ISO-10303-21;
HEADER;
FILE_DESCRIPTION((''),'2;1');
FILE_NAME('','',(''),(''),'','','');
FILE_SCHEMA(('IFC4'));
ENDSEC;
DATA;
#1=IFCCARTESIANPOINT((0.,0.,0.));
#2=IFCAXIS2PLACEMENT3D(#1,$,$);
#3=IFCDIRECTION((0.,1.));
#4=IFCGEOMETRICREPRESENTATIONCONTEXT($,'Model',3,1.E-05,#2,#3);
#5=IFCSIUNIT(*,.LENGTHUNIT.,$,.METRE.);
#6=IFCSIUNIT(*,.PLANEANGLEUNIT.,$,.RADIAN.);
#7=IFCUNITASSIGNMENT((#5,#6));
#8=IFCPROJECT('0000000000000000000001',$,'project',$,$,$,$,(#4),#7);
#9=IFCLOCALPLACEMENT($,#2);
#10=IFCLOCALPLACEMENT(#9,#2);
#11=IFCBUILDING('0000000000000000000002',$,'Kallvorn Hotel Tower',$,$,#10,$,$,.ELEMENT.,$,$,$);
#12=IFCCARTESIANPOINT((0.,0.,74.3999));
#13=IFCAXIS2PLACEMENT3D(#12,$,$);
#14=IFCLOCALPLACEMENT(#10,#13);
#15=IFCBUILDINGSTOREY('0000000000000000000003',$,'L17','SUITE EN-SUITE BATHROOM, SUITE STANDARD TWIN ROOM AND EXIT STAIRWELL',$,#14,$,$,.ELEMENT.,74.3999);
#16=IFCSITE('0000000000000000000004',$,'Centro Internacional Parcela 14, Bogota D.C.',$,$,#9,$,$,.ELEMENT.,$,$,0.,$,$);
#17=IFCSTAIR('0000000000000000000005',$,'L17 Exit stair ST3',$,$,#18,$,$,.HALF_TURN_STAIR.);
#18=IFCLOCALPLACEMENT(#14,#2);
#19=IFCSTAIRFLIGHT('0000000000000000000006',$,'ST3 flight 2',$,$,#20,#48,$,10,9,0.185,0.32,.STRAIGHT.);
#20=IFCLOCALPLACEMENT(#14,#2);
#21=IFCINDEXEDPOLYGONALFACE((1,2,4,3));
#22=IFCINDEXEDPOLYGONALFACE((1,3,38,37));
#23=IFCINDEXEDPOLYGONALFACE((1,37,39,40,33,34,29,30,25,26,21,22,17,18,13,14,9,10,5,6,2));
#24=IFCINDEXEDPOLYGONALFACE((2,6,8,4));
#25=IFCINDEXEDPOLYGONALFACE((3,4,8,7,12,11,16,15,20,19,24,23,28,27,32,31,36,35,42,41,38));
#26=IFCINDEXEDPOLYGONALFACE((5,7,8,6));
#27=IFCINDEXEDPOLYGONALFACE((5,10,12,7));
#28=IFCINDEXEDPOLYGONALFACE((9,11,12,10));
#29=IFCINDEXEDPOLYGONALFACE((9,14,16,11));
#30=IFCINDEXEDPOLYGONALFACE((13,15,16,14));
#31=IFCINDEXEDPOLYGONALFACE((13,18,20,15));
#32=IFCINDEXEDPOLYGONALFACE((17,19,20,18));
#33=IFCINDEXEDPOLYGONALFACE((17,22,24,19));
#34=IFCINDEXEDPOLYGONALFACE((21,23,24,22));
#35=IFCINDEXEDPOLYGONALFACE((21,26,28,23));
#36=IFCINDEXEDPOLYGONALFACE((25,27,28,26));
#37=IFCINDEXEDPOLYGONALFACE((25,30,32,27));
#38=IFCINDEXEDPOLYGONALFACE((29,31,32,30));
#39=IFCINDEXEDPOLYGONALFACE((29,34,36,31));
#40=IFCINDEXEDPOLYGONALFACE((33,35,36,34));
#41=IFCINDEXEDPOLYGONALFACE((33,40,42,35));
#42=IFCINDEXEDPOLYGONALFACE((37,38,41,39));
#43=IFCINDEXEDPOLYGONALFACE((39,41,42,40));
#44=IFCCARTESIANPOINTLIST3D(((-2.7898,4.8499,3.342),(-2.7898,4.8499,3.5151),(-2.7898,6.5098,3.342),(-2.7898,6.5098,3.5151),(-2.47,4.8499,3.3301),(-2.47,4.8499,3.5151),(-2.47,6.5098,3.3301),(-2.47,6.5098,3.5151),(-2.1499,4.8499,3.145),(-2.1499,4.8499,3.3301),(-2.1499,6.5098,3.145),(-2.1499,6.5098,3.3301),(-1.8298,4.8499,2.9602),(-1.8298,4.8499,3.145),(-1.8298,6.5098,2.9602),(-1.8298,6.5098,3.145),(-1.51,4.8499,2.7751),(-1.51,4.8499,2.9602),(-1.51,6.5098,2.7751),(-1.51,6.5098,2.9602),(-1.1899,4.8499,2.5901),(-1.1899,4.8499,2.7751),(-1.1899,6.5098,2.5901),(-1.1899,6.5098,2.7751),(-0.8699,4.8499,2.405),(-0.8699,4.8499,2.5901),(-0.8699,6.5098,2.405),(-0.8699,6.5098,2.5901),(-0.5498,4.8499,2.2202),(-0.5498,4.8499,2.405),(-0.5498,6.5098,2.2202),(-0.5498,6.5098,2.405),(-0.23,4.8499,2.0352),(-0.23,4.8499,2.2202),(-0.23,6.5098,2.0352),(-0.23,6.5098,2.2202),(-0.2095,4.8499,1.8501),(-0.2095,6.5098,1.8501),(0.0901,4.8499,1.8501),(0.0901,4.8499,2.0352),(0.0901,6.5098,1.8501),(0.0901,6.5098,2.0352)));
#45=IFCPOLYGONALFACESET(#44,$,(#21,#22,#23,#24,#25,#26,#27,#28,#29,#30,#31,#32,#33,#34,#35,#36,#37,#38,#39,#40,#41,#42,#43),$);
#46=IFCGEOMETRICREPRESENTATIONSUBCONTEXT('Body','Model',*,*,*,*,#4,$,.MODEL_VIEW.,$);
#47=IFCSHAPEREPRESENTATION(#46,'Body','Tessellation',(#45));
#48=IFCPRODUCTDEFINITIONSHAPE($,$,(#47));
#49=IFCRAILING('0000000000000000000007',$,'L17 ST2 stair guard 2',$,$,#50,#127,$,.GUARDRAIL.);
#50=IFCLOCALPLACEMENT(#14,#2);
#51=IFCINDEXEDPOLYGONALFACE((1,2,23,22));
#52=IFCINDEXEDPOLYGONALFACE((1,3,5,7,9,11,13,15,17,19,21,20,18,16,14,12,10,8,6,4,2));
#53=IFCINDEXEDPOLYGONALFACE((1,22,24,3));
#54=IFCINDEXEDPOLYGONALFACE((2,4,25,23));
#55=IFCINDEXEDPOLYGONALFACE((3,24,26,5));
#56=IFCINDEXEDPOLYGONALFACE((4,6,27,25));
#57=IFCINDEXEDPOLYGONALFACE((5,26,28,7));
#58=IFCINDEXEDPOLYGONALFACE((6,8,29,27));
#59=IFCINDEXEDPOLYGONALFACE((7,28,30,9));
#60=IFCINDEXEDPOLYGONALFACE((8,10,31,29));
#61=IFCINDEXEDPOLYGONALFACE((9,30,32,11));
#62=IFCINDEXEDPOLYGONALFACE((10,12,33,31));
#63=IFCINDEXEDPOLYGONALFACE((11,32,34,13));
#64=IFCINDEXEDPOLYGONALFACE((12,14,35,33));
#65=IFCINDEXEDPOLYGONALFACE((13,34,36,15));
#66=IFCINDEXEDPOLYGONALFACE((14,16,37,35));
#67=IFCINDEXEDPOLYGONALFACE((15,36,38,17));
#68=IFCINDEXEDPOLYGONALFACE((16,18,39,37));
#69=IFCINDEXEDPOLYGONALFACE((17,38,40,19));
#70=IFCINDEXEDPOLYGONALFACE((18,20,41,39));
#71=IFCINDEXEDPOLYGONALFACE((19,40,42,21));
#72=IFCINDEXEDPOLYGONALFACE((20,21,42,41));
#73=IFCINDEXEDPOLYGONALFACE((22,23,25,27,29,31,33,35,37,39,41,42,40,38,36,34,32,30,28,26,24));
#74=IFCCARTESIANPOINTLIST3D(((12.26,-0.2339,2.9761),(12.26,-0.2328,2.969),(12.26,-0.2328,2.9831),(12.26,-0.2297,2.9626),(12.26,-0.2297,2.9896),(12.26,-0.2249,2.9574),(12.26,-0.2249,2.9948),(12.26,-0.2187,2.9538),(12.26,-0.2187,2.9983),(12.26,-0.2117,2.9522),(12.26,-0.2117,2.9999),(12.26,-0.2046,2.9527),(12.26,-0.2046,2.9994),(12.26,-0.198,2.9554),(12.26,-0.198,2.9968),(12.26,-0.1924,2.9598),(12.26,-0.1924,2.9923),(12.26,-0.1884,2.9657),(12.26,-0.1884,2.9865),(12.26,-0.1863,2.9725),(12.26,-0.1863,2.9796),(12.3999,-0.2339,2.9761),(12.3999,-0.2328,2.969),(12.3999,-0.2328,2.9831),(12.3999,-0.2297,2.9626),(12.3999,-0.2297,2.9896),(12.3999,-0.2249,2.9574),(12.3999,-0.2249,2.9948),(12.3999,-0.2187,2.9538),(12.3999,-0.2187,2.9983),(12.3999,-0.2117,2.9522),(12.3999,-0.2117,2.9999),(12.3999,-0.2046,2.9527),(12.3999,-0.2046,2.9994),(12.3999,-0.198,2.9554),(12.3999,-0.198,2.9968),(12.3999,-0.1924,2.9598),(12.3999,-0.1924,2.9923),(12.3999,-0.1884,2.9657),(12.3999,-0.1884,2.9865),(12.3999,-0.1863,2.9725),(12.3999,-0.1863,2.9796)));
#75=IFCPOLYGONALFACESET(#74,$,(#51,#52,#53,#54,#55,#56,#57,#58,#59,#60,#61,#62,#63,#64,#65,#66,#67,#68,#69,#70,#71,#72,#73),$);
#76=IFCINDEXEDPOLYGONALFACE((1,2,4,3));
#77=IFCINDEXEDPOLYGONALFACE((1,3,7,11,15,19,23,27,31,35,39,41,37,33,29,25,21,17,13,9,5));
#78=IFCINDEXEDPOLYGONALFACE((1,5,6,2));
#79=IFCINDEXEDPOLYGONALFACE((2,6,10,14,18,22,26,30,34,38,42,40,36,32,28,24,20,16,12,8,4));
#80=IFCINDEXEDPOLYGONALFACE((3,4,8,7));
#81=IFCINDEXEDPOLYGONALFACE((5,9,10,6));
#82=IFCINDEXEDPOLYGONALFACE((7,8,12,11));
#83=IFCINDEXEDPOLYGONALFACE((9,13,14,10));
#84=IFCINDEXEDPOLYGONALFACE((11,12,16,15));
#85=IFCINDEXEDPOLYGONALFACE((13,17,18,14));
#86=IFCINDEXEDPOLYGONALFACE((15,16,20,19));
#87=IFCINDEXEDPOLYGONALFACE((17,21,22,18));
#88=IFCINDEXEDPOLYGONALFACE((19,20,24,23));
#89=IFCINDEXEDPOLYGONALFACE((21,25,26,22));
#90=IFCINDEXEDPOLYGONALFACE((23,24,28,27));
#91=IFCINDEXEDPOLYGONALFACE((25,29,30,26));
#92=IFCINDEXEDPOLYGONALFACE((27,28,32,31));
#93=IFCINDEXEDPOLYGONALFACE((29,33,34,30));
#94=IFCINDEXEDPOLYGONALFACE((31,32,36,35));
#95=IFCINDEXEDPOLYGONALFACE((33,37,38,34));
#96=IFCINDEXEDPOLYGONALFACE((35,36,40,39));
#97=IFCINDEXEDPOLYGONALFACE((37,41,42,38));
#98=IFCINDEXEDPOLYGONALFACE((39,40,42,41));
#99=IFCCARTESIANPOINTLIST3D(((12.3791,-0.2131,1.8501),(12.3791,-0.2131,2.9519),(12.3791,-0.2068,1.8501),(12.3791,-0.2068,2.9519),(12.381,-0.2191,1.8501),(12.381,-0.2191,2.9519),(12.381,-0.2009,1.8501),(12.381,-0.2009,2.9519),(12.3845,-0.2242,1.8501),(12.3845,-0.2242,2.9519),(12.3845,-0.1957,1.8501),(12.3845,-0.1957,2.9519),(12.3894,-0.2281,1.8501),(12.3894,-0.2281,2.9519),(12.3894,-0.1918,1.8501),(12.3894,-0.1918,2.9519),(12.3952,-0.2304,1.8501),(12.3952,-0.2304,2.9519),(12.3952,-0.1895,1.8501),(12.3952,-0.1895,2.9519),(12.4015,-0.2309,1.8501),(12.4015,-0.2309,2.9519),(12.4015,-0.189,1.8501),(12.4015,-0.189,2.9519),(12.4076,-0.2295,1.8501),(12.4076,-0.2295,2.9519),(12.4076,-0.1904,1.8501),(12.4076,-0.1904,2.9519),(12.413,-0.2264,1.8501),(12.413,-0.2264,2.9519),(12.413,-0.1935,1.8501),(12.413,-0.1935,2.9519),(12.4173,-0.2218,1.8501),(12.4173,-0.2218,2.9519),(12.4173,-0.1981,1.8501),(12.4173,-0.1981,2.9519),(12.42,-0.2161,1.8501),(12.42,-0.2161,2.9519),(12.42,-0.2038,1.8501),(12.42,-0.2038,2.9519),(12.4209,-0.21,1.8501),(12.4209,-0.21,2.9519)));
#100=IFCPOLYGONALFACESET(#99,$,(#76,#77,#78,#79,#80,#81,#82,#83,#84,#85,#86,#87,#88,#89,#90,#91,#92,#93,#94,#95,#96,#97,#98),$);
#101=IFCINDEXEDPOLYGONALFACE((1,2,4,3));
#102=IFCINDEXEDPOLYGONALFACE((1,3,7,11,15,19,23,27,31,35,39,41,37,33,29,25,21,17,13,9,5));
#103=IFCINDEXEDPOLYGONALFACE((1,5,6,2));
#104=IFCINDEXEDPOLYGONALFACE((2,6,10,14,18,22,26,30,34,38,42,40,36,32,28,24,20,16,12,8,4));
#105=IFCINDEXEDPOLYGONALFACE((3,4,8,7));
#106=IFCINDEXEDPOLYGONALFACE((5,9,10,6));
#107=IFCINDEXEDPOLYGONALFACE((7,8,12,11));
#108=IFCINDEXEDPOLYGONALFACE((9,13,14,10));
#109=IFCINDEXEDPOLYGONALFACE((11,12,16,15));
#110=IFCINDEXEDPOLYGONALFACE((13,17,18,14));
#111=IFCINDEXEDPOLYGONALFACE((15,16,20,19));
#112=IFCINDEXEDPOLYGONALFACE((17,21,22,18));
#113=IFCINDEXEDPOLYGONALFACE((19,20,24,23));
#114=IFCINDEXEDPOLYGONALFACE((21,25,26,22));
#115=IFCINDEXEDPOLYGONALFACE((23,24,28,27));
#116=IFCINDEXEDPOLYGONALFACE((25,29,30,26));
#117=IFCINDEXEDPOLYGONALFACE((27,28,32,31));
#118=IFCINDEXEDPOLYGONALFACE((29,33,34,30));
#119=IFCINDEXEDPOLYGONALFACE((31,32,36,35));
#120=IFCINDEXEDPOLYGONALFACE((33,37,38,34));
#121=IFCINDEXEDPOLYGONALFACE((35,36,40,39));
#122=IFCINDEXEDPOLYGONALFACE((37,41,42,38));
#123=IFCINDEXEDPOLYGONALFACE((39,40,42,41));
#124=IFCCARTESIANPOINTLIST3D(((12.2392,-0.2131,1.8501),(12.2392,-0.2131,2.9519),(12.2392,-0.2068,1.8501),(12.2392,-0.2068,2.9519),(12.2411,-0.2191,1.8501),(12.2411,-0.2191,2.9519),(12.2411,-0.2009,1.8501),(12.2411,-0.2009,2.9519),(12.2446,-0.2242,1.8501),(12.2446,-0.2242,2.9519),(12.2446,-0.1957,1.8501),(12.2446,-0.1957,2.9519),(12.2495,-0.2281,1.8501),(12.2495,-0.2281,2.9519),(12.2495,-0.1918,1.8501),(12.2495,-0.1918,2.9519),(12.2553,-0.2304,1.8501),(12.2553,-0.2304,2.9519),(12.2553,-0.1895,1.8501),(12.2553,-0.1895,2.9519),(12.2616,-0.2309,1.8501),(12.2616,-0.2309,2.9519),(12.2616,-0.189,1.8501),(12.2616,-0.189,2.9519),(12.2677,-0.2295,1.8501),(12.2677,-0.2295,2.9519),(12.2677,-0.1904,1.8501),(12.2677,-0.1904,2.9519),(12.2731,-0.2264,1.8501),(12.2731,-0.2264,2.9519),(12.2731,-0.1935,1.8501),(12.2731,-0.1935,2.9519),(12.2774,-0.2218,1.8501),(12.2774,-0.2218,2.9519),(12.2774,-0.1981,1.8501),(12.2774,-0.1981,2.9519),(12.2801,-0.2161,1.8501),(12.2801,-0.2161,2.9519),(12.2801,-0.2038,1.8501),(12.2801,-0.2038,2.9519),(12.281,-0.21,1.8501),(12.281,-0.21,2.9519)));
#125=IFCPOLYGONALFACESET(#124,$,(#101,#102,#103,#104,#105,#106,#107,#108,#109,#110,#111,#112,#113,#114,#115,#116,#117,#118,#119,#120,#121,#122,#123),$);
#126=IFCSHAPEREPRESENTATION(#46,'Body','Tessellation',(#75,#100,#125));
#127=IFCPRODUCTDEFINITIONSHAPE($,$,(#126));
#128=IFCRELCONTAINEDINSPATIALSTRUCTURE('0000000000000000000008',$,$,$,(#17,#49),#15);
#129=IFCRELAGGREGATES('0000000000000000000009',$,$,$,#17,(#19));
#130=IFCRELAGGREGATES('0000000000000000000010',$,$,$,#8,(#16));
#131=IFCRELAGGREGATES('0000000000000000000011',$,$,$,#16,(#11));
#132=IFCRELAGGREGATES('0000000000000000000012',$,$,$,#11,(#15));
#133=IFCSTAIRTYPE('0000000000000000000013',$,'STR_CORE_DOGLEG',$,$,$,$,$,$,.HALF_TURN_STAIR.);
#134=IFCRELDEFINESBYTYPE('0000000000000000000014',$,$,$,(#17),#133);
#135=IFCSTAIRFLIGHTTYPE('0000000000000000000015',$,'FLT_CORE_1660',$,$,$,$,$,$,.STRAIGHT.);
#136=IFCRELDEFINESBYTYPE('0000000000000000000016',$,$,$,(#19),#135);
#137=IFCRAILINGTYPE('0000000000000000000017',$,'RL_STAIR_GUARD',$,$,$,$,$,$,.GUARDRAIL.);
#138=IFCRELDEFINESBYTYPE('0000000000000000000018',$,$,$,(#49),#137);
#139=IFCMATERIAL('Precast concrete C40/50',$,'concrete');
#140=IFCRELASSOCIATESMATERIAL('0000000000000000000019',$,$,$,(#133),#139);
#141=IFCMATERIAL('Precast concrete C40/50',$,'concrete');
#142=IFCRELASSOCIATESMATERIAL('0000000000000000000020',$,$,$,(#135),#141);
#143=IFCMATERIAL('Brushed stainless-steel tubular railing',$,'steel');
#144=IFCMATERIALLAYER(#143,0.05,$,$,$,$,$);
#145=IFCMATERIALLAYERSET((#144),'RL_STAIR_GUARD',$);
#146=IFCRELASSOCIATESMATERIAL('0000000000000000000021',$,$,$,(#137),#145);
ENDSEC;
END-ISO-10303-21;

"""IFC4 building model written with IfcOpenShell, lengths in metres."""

from ifc_helpers import new_model, si_unit, direction, frame, origin, origin_2d, place, context, subcontext, project, spatial, polyline, circle, outline, extrude, material, layer, layer_set, type_object, element, aggregate, save


model = new_model("IFC4")

# Units and contexts
model_context = context("Model", 3, precision=1e-05, world=origin(), true_north=direction((0.0, 1.0)))
body_context = subcontext(model_context, "Body", "Model", "MODEL_VIEW")
ifc_project = project(units=[si_unit("LENGTHUNIT", "METRE"), si_unit("PLANEANGLEUNIT", "RADIAN")], contexts=[model_context])

# Site, building, storey
site_placement = place(None, origin())
site = spatial("IfcSite", under=ifc_project, at=site_placement, Name="Centro Internacional Parcela 14, Bogota D.C.", CompositionType="ELEMENT", RefElevation=0.0)
building_placement = place(site_placement, origin())
building = spatial("IfcBuilding", under=site, at=building_placement, Name="Kallvorn Hotel Tower", CompositionType="ELEMENT")
storey_placement = place(building_placement, frame((0.0, 0.0, 74.3999)))
storey = spatial("IfcBuildingStorey", under=building, at=storey_placement, Name="L17", Description="SUITE EN-SUITE BATHROOM, SUITE STANDARD TWIN ROOM AND EXIT STAIRWELL", CompositionType="ELEMENT", Elevation=74.3999)

# Stair, stair flight
ifc_material_1 = material(Name="Precast concrete C40/50", Category="concrete")
stair_type = type_object("IfcStairType", Name="STR_CORE_DOGLEG", PredefinedType="HALF_TURN_STAIR", material=ifc_material_1)
ifc_material_2 = material(Name="Precast concrete C40/50", Category="concrete")
stair_flight_type = type_object("IfcStairFlightType", Name="FLT_CORE_1660", PredefinedType="STRAIGHT", material=ifc_material_2)
stair_1_placement = place(storey_placement, origin())
stair_1 = element("IfcStair", 1, at=stair_1_placement, inside=storey, type_object=stair_type, Name="L17 Exit stair ST3", PredefinedType="HALF_TURN_STAIR")
stair_flight_1_placement = place(storey_placement, frame((0.0901, 5.6799, 1.8501), z_axis=(0.0, 0.0, 1.0), x_axis=(-1.0, 0.0, 0.0)))
stair_flight_1 = element("IfcStairFlight", 2, at=stair_flight_1_placement, type_object=stair_flight_type, Name="ST3 flight 2", NumberOfRisers=10, NumberOfTreads=9, PredefinedType="STRAIGHT", RiserHeight=0.185, TreadLength=0.32, context=body_context, shape_type="SweptSolid", body=[
    extrude(outline(polyline([(0.0, 0.0), (0.0, 0.1851), (0.3201, 0.1851), (0.3201, 0.3701), (0.6399, 0.3701), (0.6399, 0.5549), (0.96, 0.5549), (0.96, 0.74), (1.28, 0.74), (1.28, 0.925), (1.6001, 0.925), (1.6001, 1.1101), (1.9199, 1.1101), (1.9199, 1.2949), (2.24, 1.2949), (2.24, 1.48), (2.5601, 1.48), (2.5601, 1.665), (2.8799, 1.665), (2.8799, 1.8501), (2.8799, 1.4919), (0.2996, 0.0), (0.0, 0.0)])), frame((0.0, 0.8301, 0.0), z_axis=(0.0, -1.0, 0.0), x_axis=(1.0, 0.0, 0.0)), (0.0, 0.0, 1.0), 1.6599),
])
aggregate(stair_1, [stair_flight_1])

# Railing
ifc_material_3 = material(Name="Brushed stainless-steel tubular railing", Category="steel")
ifc_layer_1 = layer(ifc_material_3, 0.05)
ifc_layer_set_1 = layer_set([ifc_layer_1], Name="RL_STAIR_GUARD")
railing_type_1 = type_object("IfcRailingType", Name="RL_STAIR_GUARD", PredefinedType="GUARDRAIL", material=ifc_layer_set_1)
railing_1_placement = place(storey_placement, frame((12.3999, -0.21, 1.8501)))
element("IfcRailing", 3, at=railing_1_placement, inside=storey, type_object=railing_type_1, Name="L17 ST2 stair guard 2", PredefinedType="GUARDRAIL", context=body_context, shape_type="SweptSolid", body=[
    extrude(circle(Radius=0.0239, at=origin_2d()), frame((0.0, 0.0, 1.126), z_axis=(-1.0, 0.0, 0.0), x_axis=(0.0, -1.0, 0.0)), (0.0, 0.0, 1.0), 0.1399),
    extrude(circle(Radius=0.021, at=origin_2d()), origin(), (0.0, 0.0, 1.0), 1.1018),
    extrude(circle(Radius=0.021, at=origin_2d()), frame((-0.1399, 0.0, 0.0)), (0.0, 0.0, 1.0), 1.1018),
])

save(model, "model.ifc")
